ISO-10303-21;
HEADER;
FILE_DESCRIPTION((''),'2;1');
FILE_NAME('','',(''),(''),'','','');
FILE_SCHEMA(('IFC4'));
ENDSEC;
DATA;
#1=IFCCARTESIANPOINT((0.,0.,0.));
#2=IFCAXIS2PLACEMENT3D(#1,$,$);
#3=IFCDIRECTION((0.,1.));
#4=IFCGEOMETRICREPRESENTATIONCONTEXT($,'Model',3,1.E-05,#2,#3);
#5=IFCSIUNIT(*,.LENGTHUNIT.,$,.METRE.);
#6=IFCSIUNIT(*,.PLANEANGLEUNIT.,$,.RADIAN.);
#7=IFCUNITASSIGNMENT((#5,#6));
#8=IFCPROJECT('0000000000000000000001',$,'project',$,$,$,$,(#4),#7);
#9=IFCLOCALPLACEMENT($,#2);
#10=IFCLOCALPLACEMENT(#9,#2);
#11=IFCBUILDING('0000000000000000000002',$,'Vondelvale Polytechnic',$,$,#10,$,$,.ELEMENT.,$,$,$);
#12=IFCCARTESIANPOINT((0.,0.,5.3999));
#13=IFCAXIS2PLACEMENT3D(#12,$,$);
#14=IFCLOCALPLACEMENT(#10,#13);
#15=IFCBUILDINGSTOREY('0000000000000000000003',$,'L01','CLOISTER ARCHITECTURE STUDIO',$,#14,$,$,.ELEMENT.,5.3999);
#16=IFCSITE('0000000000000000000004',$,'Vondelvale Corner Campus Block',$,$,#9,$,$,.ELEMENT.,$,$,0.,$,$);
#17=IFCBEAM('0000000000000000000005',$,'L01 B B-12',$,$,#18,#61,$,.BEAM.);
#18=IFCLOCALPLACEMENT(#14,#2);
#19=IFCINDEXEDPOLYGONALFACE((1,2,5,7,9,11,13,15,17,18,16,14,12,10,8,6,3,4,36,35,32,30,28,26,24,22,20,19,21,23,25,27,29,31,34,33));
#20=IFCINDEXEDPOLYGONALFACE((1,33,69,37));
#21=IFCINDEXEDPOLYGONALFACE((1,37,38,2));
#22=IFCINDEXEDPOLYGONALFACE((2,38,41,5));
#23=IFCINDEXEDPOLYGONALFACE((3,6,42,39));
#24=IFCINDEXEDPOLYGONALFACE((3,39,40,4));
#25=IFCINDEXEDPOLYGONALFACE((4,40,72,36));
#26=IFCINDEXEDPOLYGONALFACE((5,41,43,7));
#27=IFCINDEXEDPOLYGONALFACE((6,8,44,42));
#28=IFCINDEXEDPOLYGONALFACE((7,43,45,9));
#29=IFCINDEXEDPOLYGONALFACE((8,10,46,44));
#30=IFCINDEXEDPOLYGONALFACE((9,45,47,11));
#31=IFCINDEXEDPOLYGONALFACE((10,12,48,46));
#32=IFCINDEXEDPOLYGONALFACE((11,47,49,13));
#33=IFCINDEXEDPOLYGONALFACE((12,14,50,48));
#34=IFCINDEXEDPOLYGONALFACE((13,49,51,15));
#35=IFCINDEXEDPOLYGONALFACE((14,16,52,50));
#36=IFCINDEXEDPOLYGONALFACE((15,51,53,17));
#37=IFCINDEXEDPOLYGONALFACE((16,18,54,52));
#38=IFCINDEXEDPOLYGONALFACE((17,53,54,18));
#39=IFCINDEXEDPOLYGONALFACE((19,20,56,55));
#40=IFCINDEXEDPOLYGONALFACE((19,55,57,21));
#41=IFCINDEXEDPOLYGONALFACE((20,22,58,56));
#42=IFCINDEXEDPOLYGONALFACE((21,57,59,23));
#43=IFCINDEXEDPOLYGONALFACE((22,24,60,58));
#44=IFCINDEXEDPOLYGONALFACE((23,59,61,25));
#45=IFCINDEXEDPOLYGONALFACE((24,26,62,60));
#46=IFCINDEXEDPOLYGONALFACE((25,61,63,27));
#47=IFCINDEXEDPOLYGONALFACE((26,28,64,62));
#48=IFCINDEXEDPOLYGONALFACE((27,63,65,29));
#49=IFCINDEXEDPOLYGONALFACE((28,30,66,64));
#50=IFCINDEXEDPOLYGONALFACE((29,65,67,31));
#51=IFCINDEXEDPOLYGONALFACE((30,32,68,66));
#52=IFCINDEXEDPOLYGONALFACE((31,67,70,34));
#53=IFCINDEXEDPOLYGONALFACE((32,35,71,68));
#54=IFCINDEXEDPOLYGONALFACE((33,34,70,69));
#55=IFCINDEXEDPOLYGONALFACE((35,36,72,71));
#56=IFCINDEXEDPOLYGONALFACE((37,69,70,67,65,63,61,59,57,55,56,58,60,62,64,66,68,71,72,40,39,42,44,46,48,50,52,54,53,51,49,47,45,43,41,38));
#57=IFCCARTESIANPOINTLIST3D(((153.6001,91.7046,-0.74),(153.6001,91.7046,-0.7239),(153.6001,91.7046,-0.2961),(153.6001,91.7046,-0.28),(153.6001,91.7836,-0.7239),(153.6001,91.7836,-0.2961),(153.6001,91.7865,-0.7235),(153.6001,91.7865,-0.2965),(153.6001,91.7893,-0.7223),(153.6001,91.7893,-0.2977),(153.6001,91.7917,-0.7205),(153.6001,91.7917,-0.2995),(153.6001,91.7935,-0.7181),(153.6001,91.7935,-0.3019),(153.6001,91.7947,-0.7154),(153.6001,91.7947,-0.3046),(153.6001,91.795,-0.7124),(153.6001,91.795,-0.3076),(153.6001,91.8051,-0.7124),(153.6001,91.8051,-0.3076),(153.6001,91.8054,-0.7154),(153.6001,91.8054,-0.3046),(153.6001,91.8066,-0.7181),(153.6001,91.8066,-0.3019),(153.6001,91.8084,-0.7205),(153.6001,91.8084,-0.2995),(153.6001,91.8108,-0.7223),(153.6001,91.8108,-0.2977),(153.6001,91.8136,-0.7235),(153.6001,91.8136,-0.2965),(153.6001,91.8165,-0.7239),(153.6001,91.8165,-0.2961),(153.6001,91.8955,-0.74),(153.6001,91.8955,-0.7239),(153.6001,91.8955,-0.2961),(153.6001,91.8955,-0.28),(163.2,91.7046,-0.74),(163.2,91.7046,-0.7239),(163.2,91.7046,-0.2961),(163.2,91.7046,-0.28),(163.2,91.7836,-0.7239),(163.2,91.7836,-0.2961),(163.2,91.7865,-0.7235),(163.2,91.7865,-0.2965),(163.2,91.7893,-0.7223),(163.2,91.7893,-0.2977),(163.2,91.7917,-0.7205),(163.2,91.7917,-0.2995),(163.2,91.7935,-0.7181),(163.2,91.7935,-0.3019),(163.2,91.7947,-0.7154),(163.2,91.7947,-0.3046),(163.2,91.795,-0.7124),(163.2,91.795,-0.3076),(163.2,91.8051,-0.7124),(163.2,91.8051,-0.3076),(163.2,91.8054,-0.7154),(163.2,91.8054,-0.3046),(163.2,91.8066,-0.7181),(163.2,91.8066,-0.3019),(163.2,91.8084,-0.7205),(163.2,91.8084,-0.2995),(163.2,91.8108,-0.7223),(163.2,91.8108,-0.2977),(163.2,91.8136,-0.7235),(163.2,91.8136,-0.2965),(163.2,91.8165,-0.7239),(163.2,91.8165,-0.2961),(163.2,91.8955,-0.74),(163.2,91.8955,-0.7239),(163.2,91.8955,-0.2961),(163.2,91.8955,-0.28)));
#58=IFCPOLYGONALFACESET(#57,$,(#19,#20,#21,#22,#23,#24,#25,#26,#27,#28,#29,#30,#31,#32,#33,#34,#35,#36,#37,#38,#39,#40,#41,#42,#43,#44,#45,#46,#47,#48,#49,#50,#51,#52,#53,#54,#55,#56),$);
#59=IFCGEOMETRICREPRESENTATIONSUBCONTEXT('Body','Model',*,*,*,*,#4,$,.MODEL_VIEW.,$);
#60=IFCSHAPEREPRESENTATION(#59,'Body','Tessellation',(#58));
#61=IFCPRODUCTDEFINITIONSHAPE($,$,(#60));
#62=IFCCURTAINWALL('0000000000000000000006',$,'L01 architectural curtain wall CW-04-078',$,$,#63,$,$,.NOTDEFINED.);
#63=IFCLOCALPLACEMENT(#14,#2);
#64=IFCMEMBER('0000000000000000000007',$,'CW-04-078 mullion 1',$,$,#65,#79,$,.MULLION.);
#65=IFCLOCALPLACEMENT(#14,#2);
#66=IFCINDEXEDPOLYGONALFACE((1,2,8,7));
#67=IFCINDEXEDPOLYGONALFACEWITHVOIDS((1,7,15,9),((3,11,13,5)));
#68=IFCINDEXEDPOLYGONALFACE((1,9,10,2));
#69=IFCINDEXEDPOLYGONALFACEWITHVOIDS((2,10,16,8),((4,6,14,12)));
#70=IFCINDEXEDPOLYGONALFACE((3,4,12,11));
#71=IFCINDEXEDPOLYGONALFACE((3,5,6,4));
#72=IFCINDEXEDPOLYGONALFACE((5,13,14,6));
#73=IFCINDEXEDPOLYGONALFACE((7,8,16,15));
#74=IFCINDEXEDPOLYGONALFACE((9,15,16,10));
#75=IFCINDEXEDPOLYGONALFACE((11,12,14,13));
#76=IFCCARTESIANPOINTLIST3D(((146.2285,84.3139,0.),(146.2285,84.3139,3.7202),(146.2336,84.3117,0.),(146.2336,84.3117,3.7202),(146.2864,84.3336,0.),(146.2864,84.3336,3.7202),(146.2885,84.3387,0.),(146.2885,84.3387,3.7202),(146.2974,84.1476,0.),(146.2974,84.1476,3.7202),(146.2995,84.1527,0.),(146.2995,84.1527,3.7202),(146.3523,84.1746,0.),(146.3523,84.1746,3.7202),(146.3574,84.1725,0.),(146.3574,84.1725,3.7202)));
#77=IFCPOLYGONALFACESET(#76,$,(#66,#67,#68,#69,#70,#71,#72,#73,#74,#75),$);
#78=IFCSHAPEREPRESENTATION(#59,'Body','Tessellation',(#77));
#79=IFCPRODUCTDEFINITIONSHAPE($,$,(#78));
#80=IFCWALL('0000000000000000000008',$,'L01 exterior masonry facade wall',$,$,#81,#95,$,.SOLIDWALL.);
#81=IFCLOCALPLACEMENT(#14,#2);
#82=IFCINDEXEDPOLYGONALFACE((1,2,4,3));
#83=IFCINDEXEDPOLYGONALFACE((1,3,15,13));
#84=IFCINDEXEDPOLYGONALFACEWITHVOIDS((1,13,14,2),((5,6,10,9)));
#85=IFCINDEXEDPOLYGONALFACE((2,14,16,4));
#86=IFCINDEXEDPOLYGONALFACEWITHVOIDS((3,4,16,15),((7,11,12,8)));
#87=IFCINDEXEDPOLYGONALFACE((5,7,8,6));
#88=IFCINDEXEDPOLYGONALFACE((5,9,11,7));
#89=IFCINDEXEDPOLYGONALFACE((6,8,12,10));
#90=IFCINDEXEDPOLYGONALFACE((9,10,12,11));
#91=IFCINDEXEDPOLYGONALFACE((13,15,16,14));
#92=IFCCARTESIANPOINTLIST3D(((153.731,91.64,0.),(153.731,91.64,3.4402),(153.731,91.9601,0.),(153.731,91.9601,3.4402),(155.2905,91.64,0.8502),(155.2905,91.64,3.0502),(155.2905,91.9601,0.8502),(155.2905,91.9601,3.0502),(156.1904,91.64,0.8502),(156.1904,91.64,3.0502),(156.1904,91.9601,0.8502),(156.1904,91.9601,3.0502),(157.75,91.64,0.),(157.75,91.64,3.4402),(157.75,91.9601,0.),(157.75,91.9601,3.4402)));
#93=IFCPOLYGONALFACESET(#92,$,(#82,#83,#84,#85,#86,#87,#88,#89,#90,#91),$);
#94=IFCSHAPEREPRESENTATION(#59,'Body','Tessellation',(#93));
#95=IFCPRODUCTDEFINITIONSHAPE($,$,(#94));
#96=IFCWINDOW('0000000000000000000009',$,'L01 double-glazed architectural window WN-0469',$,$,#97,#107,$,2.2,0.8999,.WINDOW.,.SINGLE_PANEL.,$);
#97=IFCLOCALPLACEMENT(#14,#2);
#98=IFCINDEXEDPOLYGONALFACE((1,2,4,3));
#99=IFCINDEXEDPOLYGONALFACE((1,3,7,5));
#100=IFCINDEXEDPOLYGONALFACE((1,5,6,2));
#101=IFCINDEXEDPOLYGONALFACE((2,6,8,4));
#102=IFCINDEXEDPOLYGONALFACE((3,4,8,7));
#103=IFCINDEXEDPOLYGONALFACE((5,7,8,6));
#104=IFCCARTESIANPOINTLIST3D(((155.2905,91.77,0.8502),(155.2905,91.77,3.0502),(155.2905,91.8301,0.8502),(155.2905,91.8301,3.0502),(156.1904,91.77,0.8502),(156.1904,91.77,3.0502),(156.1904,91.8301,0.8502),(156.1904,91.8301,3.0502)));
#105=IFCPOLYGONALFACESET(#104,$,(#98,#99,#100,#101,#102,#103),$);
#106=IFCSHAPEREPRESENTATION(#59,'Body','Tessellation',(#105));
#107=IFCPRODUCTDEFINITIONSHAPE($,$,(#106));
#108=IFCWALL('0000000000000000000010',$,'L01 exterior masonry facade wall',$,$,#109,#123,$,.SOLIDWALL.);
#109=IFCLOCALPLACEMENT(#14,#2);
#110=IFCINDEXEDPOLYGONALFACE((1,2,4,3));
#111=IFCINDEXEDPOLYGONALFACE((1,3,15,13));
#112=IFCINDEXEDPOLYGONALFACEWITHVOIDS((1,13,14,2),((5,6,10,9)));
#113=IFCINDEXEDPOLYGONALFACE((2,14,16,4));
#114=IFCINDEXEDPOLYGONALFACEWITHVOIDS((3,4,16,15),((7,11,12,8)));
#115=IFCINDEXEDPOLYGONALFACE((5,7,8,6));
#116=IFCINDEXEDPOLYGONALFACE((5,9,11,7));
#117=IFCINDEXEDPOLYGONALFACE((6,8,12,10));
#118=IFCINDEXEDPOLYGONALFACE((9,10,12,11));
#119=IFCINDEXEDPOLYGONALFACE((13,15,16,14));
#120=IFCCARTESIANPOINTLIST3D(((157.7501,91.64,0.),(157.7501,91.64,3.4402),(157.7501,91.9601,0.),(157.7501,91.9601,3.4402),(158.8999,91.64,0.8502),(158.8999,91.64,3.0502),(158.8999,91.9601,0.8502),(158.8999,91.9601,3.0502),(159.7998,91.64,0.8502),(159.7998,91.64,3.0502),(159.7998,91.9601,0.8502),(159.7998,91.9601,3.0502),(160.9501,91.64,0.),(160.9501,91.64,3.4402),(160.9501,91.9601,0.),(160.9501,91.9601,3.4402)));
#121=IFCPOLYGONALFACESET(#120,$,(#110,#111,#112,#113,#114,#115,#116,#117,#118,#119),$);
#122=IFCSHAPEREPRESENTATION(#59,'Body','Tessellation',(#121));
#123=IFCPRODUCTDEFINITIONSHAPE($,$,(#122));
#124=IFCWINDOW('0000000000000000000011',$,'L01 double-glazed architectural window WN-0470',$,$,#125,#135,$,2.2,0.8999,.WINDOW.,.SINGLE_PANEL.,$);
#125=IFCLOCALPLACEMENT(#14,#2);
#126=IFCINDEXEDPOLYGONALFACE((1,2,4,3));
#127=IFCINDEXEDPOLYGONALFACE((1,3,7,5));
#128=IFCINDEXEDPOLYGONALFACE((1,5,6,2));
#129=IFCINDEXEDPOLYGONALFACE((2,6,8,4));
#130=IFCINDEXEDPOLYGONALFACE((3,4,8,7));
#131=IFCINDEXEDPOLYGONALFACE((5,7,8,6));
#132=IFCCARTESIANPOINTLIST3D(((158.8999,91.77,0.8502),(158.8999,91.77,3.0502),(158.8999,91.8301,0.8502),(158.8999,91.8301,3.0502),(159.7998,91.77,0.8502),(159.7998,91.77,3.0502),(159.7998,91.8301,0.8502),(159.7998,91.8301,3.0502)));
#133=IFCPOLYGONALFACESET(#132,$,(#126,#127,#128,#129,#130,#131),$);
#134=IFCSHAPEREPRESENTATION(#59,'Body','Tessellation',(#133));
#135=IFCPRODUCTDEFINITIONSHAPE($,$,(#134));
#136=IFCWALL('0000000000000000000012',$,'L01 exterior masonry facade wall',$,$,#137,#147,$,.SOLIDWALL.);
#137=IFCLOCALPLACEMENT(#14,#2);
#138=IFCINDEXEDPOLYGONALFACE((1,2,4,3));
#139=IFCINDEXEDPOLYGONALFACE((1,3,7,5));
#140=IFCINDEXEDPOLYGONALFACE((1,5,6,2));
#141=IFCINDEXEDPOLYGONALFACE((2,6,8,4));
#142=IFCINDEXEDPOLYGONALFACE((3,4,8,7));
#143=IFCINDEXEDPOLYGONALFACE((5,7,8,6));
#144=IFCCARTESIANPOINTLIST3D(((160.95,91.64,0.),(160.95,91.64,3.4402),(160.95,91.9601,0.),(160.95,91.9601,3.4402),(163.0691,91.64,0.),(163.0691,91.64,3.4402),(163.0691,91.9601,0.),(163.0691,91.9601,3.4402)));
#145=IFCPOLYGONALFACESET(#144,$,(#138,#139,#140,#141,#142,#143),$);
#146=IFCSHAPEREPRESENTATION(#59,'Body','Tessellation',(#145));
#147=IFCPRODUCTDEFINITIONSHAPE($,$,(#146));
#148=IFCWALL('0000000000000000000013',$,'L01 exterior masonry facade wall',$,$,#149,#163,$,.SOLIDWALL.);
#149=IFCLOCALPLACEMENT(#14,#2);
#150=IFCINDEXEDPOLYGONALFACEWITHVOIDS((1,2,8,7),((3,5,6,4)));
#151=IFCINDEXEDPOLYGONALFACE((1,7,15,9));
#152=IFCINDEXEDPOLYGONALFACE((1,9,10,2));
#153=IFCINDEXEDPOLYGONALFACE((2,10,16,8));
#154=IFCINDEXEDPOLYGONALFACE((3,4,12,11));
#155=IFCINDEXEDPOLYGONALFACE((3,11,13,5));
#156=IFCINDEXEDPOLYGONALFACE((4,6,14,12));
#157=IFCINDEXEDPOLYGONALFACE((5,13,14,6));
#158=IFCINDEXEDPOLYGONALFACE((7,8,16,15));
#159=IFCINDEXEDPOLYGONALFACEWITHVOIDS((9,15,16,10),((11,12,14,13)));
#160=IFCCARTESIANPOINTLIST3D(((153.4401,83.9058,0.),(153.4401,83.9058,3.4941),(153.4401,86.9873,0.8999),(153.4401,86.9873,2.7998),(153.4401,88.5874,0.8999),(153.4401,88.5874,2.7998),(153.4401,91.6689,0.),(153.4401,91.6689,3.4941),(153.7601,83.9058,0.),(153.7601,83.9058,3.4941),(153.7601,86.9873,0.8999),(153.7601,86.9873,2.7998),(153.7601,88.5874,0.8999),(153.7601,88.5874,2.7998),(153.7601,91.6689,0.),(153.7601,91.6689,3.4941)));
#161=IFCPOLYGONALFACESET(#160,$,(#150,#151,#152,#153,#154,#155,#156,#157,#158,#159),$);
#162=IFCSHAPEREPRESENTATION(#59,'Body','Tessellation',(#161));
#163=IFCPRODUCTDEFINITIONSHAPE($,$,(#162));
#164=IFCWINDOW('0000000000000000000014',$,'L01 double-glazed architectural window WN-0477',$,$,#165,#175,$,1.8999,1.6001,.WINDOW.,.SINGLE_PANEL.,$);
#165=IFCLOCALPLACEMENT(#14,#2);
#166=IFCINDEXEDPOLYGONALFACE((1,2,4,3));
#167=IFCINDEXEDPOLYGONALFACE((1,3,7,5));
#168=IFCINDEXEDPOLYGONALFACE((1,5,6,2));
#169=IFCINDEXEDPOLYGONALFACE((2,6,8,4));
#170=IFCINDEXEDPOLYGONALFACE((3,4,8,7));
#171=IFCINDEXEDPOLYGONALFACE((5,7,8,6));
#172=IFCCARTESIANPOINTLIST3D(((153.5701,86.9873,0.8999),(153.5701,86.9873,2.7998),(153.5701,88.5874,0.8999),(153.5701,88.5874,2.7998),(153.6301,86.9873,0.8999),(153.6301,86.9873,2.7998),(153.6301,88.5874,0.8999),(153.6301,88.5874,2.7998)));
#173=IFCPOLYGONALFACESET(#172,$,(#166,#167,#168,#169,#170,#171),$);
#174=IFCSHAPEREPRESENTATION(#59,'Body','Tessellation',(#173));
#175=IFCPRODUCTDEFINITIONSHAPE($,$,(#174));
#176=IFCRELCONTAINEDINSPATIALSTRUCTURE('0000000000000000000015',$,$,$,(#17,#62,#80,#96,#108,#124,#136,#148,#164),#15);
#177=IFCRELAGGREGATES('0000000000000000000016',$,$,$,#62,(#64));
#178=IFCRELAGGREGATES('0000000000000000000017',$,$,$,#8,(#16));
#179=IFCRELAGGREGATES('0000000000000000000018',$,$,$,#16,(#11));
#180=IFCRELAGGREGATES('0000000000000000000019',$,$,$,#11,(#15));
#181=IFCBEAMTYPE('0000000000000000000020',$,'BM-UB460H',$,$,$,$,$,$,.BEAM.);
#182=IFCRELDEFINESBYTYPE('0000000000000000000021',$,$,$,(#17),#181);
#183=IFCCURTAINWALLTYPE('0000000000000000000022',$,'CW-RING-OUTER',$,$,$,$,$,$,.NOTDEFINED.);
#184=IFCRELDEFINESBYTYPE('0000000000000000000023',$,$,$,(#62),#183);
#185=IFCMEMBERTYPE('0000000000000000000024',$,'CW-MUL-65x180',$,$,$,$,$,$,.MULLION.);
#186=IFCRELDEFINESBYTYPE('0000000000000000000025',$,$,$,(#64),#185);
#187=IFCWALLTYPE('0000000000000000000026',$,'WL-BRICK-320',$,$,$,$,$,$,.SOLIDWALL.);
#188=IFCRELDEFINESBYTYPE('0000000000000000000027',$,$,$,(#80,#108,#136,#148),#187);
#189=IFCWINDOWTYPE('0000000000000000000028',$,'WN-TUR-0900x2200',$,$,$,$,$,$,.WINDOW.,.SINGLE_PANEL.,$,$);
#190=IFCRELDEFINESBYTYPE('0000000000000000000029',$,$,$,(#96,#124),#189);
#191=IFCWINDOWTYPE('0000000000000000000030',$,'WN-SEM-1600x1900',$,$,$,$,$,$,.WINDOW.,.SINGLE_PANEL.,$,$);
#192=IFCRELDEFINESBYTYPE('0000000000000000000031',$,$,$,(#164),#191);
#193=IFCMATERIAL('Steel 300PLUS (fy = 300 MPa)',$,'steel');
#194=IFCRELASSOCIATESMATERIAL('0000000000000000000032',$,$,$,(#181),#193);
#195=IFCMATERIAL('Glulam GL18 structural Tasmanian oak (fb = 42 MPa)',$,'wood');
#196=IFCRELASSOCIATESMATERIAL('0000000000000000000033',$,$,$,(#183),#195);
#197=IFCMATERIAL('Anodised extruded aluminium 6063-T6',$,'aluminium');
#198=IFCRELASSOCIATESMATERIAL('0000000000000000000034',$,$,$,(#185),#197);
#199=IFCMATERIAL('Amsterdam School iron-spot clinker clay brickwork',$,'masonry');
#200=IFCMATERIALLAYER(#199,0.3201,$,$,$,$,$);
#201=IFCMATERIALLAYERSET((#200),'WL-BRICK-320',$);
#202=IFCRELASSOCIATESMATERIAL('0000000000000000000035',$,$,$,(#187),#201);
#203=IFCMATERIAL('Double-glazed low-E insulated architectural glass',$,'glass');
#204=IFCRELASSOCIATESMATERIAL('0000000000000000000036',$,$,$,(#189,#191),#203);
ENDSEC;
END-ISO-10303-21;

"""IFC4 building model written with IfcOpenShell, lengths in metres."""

from ifc_helpers import new_model, si_unit, direction, frame, frame_2d, origin, origin_2d, place, context, subcontext, project, spatial, rectangle, hollow_rectangle, i_section, extrude, material, layer, layer_set, material_profile, profile_set, type_object, element, fill, aggregate, save


model = new_model("IFC4")

# Units and contexts
model_context = context("Model", 3, precision=1e-05, world=origin(), true_north=direction((0.0, 1.0)))
body_context = subcontext(model_context, "Body", "Model", "MODEL_VIEW")
ifc_project = project(units=[si_unit("LENGTHUNIT", "METRE"), si_unit("PLANEANGLEUNIT", "RADIAN")], contexts=[model_context])

# Site, building, storey
site_placement = place(None, origin())
site = spatial("IfcSite", under=ifc_project, at=site_placement, Name="Vondelvale Corner Campus Block", CompositionType="ELEMENT", RefElevation=0.0)
building_placement = place(site_placement, origin())
building = spatial("IfcBuilding", under=site, at=building_placement, Name="Vondelvale Polytechnic", CompositionType="ELEMENT")
storey_placement = place(building_placement, frame((0.0, 0.0, 5.3999)))
storey = spatial("IfcBuildingStorey", under=building, at=storey_placement, Name="L01", Description="CLOISTER ARCHITECTURE STUDIO", CompositionType="ELEMENT", Elevation=5.3999)

# Shared definitions
ifc_material_1 = material(Name="Steel 300PLUS (fy = 300 MPa)", Category="steel")

# Beam
ifc_material_profile_1 = material_profile(ifc_material_1, i_section(OverallWidth=0.1909, OverallDepth=0.46, WebThickness=0.01, FlangeThickness=0.0161, FilletRadius=0.0115, at=origin_2d()), Name="460UB82.1")
ifc_profile_set_1 = profile_set([ifc_material_profile_1], Name="Steel 300PLUS (fy = 300 MPa)")
beam_type_1 = type_object("IfcBeamType", Name="BM-UB460H", PredefinedType="BEAM", material=ifc_profile_set_1)
for number, where, z_axis, x_axis, name in (
    (1, (153.6001, 91.8, -0.51), (1.0, 0.0, 0.0), (0.0, 1.0, 0.0), "L01 B B-12"),
):
    element("IfcBeam", number, at=place(storey_placement, frame(where, z_axis=z_axis, x_axis=x_axis)), inside=storey, type_object=beam_type_1, Name=name, PredefinedType="BEAM", context=body_context, shape_type="SweptSolid", body=[
        extrude(i_section(OverallWidth=0.1909, OverallDepth=0.46, WebThickness=0.01, FlangeThickness=0.0161, FilletRadius=0.0115, at=origin_2d()), origin(), (0.0, 0.0, 1.0), 9.5999),
    ])

# Curtain wall, member
ifc_material_2 = material(Name="Glulam GL18 structural Tasmanian oak (fb = 42 MPa)", Category="wood")
curtain_wall_type = type_object("IfcCurtainWallType", Name="CW-RING-OUTER", PredefinedType="NOTDEFINED", material=ifc_material_2)
curtain_wall_placement = place(storey_placement, origin())
curtain_wall = element("IfcCurtainWall", 2, at=curtain_wall_placement, inside=storey, type_object=curtain_wall_type, Name="L01 architectural curtain wall CW-04-078", PredefinedType="NOTDEFINED")
ifc_material_3 = material(Name="Anodised extruded aluminium 6063-T6", Category="aluminium")
ifc_material_profile_2 = material_profile(ifc_material_3, hollow_rectangle(XDim=0.0649, YDim=0.1799, WallThickness=0.0039, at=origin_2d()), Name="CW-MUL-180x65")
ifc_profile_set_2 = profile_set([ifc_material_profile_2], Name="Anodised extruded aluminium 6063-T6")
member_type = type_object("IfcMemberType", Name="CW-MUL-65x180", PredefinedType="MULLION", material=ifc_profile_set_2)
member_placement = place(storey_placement, frame((146.293, 84.2432, 0.0), z_axis=(0.0, 0.0, 1.0), x_axis=(-0.923882, -0.382677, 0.0)))
member = element("IfcMember", 3, at=member_placement, type_object=member_type, Name="CW-04-078 mullion 1", PredefinedType="MULLION", context=body_context, shape_type="SweptSolid", body=[
    extrude(hollow_rectangle(XDim=0.0649, YDim=0.1799, WallThickness=0.0039, at=origin_2d()), origin(), (0.0, 0.0, 1.0), 3.7202),
])
aggregate(curtain_wall, [member])

# Walls, openings, windows
ifc_material_4 = material(Name="Amsterdam School iron-spot clinker clay brickwork", Category="masonry")
ifc_layer_1 = layer(ifc_material_4, 0.3201)
ifc_layer_set_1 = layer_set([ifc_layer_1], Name="WL-BRICK-320")
wall_type_1 = type_object("IfcWallType", Name="WL-BRICK-320", PredefinedType="SOLIDWALL", material=ifc_layer_set_1)
wall_1_placement = place(storey_placement, frame((153.731, 91.8, 0.0), z_axis=(0.0, 0.0, 1.0), x_axis=(1.0, 0.0, 0.0)))
wall_1 = element("IfcWall", 4, at=wall_1_placement, inside=storey, type_object=wall_type_1, Name="L01 exterior masonry facade wall", PredefinedType="SOLIDWALL", context=body_context, shape_type="SweptSolid", body=[
    extrude(rectangle(XDim=4.019, YDim=0.3201, at=frame_2d((2.0095, 0.0))), origin(), (0.0, 0.0, 1.0), 3.4402),
])
opening_1_placement = place(wall_1_placement, frame((1.5596, 0.0, 0.8501)))
opening_1 = element("IfcOpeningElement", 5, at=opening_1_placement, cuts=wall_1, PredefinedType="OPENING", context=body_context, shape_type="SweptSolid", body=[
    extrude(rectangle(XDim=0.8999, YDim=2.2, at=frame_2d((0.45, 1.1001))), frame((0.0, 0.1699, 0.0), z_axis=(0.0, -1.0, 0.0), x_axis=(1.0, 0.0, 0.0)), (0.0, 0.0, 1.0), 0.3401),
])
ifc_material_5 = material(Name="Double-glazed low-E insulated architectural glass", Category="glass")
window_type_1 = type_object("IfcWindowType", Name="WN-TUR-0900x2200", PartitioningType="SINGLE_PANEL", PredefinedType="WINDOW", material=ifc_material_5)
window_1_placement = place(opening_1_placement, origin())
window_1 = element("IfcWindow", 6, at=window_1_placement, inside=storey, type_object=window_type_1, Name="L01 double-glazed architectural window WN-0469", OverallHeight=2.2, OverallWidth=0.8999, PartitioningType="SINGLE_PANEL", PredefinedType="WINDOW", context=body_context, shape_type="SweptSolid", body=[
    extrude(rectangle(XDim=0.8999, YDim=2.2, at=frame_2d((0.45, 1.1001))), frame((0.0, 0.03, 0.0), z_axis=(0.0, -1.0, 0.0), x_axis=(1.0, 0.0, 0.0)), (0.0, 0.0, 1.0), 0.0601),
])
fill(opening_1, window_1)
wall_2_placement = place(storey_placement, frame((157.75, 91.8, 0.0), z_axis=(0.0, 0.0, 1.0), x_axis=(1.0, 0.0, 0.0)))
wall_2 = element("IfcWall", 7, at=wall_2_placement, inside=storey, type_object=wall_type_1, Name="L01 exterior masonry facade wall", PredefinedType="SOLIDWALL", context=body_context, shape_type="SweptSolid", body=[
    extrude(rectangle(XDim=3.2, YDim=0.3201, at=frame_2d((1.6001, 0.0))), origin(), (0.0, 0.0, 1.0), 3.4402),
])
opening_2_placement = place(wall_2_placement, frame((1.1499, 0.0, 0.8501)))
opening_2 = element("IfcOpeningElement", 8, at=opening_2_placement, cuts=wall_2, PredefinedType="OPENING", context=body_context, shape_type="SweptSolid", body=[
    extrude(rectangle(XDim=0.8999, YDim=2.2, at=frame_2d((0.45, 1.1001))), frame((0.0, 0.1699, 0.0), z_axis=(0.0, -1.0, 0.0), x_axis=(1.0, 0.0, 0.0)), (0.0, 0.0, 1.0), 0.3401),
])
window_2_placement = place(opening_2_placement, origin())
window_2 = element("IfcWindow", 9, at=window_2_placement, inside=storey, type_object=window_type_1, Name="L01 double-glazed architectural window WN-0470", OverallHeight=2.2, OverallWidth=0.8999, PartitioningType="SINGLE_PANEL", PredefinedType="WINDOW", context=body_context, shape_type="SweptSolid", body=[
    extrude(rectangle(XDim=0.8999, YDim=2.2, at=frame_2d((0.45, 1.1001))), frame((0.0, 0.03, 0.0), z_axis=(0.0, -1.0, 0.0), x_axis=(1.0, 0.0, 0.0)), (0.0, 0.0, 1.0), 0.0601),
])
fill(opening_2, window_2)

# Wall
wall_3_placement = place(storey_placement, frame((160.95, 91.8, 0.0), z_axis=(0.0, 0.0, 1.0), x_axis=(1.0, 0.0, 0.0)))
element("IfcWall", 10, at=wall_3_placement, inside=storey, type_object=wall_type_1, Name="L01 exterior masonry facade wall", PredefinedType="SOLIDWALL", context=body_context, shape_type="SweptSolid", body=[
    extrude(rectangle(XDim=2.1191, YDim=0.3201, at=frame_2d((1.0596, 0.0))), origin(), (0.0, 0.0, 1.0), 3.4402),
])

# Wall, opening, window
wall_4_placement = place(storey_placement, frame((153.6001, 83.9058, 0.0), z_axis=(0.0, 0.0, 1.0), x_axis=(0.0, 1.0, 0.0)))
wall_4 = element("IfcWall", 11, at=wall_4_placement, inside=storey, type_object=wall_type_1, Name="L01 exterior masonry facade wall", PredefinedType="SOLIDWALL", context=body_context, shape_type="SweptSolid", body=[
    extrude(rectangle(XDim=7.7632, YDim=0.3201, at=frame_2d((3.8816, 0.0))), origin(), (0.0, 0.0, 1.0), 3.4941),
])
opening_3_placement = place(wall_4_placement, frame((3.0815, 0.0, 0.8999)))
opening_3 = element("IfcOpeningElement", 12, at=opening_3_placement, cuts=wall_4, PredefinedType="OPENING", context=body_context, shape_type="SweptSolid", body=[
    extrude(rectangle(XDim=1.6001, YDim=1.8999, at=frame_2d((0.8, 0.95))), frame((0.0, 0.1699, 0.0), z_axis=(0.0, -1.0, 0.0), x_axis=(1.0, 0.0, 0.0)), (0.0, 0.0, 1.0), 0.3401),
])
window_type_2 = type_object("IfcWindowType", Name="WN-SEM-1600x1900", PartitioningType="SINGLE_PANEL", PredefinedType="WINDOW", material=ifc_material_5)
window_3_placement = place(opening_3_placement, origin())
window_3 = element("IfcWindow", 13, at=window_3_placement, inside=storey, type_object=window_type_2, Name="L01 double-glazed architectural window WN-0477", OverallHeight=1.8999, OverallWidth=1.6001, PartitioningType="SINGLE_PANEL", PredefinedType="WINDOW", context=body_context, shape_type="SweptSolid", body=[
    extrude(rectangle(XDim=1.6001, YDim=1.8999, at=frame_2d((0.8, 0.95))), frame((0.0, 0.03, 0.0), z_axis=(0.0, -1.0, 0.0), x_axis=(1.0, 0.0, 0.0)), (0.0, 0.0, 1.0), 0.0601),
])
fill(opening_3, window_3)

save(model, "model.ifc")
